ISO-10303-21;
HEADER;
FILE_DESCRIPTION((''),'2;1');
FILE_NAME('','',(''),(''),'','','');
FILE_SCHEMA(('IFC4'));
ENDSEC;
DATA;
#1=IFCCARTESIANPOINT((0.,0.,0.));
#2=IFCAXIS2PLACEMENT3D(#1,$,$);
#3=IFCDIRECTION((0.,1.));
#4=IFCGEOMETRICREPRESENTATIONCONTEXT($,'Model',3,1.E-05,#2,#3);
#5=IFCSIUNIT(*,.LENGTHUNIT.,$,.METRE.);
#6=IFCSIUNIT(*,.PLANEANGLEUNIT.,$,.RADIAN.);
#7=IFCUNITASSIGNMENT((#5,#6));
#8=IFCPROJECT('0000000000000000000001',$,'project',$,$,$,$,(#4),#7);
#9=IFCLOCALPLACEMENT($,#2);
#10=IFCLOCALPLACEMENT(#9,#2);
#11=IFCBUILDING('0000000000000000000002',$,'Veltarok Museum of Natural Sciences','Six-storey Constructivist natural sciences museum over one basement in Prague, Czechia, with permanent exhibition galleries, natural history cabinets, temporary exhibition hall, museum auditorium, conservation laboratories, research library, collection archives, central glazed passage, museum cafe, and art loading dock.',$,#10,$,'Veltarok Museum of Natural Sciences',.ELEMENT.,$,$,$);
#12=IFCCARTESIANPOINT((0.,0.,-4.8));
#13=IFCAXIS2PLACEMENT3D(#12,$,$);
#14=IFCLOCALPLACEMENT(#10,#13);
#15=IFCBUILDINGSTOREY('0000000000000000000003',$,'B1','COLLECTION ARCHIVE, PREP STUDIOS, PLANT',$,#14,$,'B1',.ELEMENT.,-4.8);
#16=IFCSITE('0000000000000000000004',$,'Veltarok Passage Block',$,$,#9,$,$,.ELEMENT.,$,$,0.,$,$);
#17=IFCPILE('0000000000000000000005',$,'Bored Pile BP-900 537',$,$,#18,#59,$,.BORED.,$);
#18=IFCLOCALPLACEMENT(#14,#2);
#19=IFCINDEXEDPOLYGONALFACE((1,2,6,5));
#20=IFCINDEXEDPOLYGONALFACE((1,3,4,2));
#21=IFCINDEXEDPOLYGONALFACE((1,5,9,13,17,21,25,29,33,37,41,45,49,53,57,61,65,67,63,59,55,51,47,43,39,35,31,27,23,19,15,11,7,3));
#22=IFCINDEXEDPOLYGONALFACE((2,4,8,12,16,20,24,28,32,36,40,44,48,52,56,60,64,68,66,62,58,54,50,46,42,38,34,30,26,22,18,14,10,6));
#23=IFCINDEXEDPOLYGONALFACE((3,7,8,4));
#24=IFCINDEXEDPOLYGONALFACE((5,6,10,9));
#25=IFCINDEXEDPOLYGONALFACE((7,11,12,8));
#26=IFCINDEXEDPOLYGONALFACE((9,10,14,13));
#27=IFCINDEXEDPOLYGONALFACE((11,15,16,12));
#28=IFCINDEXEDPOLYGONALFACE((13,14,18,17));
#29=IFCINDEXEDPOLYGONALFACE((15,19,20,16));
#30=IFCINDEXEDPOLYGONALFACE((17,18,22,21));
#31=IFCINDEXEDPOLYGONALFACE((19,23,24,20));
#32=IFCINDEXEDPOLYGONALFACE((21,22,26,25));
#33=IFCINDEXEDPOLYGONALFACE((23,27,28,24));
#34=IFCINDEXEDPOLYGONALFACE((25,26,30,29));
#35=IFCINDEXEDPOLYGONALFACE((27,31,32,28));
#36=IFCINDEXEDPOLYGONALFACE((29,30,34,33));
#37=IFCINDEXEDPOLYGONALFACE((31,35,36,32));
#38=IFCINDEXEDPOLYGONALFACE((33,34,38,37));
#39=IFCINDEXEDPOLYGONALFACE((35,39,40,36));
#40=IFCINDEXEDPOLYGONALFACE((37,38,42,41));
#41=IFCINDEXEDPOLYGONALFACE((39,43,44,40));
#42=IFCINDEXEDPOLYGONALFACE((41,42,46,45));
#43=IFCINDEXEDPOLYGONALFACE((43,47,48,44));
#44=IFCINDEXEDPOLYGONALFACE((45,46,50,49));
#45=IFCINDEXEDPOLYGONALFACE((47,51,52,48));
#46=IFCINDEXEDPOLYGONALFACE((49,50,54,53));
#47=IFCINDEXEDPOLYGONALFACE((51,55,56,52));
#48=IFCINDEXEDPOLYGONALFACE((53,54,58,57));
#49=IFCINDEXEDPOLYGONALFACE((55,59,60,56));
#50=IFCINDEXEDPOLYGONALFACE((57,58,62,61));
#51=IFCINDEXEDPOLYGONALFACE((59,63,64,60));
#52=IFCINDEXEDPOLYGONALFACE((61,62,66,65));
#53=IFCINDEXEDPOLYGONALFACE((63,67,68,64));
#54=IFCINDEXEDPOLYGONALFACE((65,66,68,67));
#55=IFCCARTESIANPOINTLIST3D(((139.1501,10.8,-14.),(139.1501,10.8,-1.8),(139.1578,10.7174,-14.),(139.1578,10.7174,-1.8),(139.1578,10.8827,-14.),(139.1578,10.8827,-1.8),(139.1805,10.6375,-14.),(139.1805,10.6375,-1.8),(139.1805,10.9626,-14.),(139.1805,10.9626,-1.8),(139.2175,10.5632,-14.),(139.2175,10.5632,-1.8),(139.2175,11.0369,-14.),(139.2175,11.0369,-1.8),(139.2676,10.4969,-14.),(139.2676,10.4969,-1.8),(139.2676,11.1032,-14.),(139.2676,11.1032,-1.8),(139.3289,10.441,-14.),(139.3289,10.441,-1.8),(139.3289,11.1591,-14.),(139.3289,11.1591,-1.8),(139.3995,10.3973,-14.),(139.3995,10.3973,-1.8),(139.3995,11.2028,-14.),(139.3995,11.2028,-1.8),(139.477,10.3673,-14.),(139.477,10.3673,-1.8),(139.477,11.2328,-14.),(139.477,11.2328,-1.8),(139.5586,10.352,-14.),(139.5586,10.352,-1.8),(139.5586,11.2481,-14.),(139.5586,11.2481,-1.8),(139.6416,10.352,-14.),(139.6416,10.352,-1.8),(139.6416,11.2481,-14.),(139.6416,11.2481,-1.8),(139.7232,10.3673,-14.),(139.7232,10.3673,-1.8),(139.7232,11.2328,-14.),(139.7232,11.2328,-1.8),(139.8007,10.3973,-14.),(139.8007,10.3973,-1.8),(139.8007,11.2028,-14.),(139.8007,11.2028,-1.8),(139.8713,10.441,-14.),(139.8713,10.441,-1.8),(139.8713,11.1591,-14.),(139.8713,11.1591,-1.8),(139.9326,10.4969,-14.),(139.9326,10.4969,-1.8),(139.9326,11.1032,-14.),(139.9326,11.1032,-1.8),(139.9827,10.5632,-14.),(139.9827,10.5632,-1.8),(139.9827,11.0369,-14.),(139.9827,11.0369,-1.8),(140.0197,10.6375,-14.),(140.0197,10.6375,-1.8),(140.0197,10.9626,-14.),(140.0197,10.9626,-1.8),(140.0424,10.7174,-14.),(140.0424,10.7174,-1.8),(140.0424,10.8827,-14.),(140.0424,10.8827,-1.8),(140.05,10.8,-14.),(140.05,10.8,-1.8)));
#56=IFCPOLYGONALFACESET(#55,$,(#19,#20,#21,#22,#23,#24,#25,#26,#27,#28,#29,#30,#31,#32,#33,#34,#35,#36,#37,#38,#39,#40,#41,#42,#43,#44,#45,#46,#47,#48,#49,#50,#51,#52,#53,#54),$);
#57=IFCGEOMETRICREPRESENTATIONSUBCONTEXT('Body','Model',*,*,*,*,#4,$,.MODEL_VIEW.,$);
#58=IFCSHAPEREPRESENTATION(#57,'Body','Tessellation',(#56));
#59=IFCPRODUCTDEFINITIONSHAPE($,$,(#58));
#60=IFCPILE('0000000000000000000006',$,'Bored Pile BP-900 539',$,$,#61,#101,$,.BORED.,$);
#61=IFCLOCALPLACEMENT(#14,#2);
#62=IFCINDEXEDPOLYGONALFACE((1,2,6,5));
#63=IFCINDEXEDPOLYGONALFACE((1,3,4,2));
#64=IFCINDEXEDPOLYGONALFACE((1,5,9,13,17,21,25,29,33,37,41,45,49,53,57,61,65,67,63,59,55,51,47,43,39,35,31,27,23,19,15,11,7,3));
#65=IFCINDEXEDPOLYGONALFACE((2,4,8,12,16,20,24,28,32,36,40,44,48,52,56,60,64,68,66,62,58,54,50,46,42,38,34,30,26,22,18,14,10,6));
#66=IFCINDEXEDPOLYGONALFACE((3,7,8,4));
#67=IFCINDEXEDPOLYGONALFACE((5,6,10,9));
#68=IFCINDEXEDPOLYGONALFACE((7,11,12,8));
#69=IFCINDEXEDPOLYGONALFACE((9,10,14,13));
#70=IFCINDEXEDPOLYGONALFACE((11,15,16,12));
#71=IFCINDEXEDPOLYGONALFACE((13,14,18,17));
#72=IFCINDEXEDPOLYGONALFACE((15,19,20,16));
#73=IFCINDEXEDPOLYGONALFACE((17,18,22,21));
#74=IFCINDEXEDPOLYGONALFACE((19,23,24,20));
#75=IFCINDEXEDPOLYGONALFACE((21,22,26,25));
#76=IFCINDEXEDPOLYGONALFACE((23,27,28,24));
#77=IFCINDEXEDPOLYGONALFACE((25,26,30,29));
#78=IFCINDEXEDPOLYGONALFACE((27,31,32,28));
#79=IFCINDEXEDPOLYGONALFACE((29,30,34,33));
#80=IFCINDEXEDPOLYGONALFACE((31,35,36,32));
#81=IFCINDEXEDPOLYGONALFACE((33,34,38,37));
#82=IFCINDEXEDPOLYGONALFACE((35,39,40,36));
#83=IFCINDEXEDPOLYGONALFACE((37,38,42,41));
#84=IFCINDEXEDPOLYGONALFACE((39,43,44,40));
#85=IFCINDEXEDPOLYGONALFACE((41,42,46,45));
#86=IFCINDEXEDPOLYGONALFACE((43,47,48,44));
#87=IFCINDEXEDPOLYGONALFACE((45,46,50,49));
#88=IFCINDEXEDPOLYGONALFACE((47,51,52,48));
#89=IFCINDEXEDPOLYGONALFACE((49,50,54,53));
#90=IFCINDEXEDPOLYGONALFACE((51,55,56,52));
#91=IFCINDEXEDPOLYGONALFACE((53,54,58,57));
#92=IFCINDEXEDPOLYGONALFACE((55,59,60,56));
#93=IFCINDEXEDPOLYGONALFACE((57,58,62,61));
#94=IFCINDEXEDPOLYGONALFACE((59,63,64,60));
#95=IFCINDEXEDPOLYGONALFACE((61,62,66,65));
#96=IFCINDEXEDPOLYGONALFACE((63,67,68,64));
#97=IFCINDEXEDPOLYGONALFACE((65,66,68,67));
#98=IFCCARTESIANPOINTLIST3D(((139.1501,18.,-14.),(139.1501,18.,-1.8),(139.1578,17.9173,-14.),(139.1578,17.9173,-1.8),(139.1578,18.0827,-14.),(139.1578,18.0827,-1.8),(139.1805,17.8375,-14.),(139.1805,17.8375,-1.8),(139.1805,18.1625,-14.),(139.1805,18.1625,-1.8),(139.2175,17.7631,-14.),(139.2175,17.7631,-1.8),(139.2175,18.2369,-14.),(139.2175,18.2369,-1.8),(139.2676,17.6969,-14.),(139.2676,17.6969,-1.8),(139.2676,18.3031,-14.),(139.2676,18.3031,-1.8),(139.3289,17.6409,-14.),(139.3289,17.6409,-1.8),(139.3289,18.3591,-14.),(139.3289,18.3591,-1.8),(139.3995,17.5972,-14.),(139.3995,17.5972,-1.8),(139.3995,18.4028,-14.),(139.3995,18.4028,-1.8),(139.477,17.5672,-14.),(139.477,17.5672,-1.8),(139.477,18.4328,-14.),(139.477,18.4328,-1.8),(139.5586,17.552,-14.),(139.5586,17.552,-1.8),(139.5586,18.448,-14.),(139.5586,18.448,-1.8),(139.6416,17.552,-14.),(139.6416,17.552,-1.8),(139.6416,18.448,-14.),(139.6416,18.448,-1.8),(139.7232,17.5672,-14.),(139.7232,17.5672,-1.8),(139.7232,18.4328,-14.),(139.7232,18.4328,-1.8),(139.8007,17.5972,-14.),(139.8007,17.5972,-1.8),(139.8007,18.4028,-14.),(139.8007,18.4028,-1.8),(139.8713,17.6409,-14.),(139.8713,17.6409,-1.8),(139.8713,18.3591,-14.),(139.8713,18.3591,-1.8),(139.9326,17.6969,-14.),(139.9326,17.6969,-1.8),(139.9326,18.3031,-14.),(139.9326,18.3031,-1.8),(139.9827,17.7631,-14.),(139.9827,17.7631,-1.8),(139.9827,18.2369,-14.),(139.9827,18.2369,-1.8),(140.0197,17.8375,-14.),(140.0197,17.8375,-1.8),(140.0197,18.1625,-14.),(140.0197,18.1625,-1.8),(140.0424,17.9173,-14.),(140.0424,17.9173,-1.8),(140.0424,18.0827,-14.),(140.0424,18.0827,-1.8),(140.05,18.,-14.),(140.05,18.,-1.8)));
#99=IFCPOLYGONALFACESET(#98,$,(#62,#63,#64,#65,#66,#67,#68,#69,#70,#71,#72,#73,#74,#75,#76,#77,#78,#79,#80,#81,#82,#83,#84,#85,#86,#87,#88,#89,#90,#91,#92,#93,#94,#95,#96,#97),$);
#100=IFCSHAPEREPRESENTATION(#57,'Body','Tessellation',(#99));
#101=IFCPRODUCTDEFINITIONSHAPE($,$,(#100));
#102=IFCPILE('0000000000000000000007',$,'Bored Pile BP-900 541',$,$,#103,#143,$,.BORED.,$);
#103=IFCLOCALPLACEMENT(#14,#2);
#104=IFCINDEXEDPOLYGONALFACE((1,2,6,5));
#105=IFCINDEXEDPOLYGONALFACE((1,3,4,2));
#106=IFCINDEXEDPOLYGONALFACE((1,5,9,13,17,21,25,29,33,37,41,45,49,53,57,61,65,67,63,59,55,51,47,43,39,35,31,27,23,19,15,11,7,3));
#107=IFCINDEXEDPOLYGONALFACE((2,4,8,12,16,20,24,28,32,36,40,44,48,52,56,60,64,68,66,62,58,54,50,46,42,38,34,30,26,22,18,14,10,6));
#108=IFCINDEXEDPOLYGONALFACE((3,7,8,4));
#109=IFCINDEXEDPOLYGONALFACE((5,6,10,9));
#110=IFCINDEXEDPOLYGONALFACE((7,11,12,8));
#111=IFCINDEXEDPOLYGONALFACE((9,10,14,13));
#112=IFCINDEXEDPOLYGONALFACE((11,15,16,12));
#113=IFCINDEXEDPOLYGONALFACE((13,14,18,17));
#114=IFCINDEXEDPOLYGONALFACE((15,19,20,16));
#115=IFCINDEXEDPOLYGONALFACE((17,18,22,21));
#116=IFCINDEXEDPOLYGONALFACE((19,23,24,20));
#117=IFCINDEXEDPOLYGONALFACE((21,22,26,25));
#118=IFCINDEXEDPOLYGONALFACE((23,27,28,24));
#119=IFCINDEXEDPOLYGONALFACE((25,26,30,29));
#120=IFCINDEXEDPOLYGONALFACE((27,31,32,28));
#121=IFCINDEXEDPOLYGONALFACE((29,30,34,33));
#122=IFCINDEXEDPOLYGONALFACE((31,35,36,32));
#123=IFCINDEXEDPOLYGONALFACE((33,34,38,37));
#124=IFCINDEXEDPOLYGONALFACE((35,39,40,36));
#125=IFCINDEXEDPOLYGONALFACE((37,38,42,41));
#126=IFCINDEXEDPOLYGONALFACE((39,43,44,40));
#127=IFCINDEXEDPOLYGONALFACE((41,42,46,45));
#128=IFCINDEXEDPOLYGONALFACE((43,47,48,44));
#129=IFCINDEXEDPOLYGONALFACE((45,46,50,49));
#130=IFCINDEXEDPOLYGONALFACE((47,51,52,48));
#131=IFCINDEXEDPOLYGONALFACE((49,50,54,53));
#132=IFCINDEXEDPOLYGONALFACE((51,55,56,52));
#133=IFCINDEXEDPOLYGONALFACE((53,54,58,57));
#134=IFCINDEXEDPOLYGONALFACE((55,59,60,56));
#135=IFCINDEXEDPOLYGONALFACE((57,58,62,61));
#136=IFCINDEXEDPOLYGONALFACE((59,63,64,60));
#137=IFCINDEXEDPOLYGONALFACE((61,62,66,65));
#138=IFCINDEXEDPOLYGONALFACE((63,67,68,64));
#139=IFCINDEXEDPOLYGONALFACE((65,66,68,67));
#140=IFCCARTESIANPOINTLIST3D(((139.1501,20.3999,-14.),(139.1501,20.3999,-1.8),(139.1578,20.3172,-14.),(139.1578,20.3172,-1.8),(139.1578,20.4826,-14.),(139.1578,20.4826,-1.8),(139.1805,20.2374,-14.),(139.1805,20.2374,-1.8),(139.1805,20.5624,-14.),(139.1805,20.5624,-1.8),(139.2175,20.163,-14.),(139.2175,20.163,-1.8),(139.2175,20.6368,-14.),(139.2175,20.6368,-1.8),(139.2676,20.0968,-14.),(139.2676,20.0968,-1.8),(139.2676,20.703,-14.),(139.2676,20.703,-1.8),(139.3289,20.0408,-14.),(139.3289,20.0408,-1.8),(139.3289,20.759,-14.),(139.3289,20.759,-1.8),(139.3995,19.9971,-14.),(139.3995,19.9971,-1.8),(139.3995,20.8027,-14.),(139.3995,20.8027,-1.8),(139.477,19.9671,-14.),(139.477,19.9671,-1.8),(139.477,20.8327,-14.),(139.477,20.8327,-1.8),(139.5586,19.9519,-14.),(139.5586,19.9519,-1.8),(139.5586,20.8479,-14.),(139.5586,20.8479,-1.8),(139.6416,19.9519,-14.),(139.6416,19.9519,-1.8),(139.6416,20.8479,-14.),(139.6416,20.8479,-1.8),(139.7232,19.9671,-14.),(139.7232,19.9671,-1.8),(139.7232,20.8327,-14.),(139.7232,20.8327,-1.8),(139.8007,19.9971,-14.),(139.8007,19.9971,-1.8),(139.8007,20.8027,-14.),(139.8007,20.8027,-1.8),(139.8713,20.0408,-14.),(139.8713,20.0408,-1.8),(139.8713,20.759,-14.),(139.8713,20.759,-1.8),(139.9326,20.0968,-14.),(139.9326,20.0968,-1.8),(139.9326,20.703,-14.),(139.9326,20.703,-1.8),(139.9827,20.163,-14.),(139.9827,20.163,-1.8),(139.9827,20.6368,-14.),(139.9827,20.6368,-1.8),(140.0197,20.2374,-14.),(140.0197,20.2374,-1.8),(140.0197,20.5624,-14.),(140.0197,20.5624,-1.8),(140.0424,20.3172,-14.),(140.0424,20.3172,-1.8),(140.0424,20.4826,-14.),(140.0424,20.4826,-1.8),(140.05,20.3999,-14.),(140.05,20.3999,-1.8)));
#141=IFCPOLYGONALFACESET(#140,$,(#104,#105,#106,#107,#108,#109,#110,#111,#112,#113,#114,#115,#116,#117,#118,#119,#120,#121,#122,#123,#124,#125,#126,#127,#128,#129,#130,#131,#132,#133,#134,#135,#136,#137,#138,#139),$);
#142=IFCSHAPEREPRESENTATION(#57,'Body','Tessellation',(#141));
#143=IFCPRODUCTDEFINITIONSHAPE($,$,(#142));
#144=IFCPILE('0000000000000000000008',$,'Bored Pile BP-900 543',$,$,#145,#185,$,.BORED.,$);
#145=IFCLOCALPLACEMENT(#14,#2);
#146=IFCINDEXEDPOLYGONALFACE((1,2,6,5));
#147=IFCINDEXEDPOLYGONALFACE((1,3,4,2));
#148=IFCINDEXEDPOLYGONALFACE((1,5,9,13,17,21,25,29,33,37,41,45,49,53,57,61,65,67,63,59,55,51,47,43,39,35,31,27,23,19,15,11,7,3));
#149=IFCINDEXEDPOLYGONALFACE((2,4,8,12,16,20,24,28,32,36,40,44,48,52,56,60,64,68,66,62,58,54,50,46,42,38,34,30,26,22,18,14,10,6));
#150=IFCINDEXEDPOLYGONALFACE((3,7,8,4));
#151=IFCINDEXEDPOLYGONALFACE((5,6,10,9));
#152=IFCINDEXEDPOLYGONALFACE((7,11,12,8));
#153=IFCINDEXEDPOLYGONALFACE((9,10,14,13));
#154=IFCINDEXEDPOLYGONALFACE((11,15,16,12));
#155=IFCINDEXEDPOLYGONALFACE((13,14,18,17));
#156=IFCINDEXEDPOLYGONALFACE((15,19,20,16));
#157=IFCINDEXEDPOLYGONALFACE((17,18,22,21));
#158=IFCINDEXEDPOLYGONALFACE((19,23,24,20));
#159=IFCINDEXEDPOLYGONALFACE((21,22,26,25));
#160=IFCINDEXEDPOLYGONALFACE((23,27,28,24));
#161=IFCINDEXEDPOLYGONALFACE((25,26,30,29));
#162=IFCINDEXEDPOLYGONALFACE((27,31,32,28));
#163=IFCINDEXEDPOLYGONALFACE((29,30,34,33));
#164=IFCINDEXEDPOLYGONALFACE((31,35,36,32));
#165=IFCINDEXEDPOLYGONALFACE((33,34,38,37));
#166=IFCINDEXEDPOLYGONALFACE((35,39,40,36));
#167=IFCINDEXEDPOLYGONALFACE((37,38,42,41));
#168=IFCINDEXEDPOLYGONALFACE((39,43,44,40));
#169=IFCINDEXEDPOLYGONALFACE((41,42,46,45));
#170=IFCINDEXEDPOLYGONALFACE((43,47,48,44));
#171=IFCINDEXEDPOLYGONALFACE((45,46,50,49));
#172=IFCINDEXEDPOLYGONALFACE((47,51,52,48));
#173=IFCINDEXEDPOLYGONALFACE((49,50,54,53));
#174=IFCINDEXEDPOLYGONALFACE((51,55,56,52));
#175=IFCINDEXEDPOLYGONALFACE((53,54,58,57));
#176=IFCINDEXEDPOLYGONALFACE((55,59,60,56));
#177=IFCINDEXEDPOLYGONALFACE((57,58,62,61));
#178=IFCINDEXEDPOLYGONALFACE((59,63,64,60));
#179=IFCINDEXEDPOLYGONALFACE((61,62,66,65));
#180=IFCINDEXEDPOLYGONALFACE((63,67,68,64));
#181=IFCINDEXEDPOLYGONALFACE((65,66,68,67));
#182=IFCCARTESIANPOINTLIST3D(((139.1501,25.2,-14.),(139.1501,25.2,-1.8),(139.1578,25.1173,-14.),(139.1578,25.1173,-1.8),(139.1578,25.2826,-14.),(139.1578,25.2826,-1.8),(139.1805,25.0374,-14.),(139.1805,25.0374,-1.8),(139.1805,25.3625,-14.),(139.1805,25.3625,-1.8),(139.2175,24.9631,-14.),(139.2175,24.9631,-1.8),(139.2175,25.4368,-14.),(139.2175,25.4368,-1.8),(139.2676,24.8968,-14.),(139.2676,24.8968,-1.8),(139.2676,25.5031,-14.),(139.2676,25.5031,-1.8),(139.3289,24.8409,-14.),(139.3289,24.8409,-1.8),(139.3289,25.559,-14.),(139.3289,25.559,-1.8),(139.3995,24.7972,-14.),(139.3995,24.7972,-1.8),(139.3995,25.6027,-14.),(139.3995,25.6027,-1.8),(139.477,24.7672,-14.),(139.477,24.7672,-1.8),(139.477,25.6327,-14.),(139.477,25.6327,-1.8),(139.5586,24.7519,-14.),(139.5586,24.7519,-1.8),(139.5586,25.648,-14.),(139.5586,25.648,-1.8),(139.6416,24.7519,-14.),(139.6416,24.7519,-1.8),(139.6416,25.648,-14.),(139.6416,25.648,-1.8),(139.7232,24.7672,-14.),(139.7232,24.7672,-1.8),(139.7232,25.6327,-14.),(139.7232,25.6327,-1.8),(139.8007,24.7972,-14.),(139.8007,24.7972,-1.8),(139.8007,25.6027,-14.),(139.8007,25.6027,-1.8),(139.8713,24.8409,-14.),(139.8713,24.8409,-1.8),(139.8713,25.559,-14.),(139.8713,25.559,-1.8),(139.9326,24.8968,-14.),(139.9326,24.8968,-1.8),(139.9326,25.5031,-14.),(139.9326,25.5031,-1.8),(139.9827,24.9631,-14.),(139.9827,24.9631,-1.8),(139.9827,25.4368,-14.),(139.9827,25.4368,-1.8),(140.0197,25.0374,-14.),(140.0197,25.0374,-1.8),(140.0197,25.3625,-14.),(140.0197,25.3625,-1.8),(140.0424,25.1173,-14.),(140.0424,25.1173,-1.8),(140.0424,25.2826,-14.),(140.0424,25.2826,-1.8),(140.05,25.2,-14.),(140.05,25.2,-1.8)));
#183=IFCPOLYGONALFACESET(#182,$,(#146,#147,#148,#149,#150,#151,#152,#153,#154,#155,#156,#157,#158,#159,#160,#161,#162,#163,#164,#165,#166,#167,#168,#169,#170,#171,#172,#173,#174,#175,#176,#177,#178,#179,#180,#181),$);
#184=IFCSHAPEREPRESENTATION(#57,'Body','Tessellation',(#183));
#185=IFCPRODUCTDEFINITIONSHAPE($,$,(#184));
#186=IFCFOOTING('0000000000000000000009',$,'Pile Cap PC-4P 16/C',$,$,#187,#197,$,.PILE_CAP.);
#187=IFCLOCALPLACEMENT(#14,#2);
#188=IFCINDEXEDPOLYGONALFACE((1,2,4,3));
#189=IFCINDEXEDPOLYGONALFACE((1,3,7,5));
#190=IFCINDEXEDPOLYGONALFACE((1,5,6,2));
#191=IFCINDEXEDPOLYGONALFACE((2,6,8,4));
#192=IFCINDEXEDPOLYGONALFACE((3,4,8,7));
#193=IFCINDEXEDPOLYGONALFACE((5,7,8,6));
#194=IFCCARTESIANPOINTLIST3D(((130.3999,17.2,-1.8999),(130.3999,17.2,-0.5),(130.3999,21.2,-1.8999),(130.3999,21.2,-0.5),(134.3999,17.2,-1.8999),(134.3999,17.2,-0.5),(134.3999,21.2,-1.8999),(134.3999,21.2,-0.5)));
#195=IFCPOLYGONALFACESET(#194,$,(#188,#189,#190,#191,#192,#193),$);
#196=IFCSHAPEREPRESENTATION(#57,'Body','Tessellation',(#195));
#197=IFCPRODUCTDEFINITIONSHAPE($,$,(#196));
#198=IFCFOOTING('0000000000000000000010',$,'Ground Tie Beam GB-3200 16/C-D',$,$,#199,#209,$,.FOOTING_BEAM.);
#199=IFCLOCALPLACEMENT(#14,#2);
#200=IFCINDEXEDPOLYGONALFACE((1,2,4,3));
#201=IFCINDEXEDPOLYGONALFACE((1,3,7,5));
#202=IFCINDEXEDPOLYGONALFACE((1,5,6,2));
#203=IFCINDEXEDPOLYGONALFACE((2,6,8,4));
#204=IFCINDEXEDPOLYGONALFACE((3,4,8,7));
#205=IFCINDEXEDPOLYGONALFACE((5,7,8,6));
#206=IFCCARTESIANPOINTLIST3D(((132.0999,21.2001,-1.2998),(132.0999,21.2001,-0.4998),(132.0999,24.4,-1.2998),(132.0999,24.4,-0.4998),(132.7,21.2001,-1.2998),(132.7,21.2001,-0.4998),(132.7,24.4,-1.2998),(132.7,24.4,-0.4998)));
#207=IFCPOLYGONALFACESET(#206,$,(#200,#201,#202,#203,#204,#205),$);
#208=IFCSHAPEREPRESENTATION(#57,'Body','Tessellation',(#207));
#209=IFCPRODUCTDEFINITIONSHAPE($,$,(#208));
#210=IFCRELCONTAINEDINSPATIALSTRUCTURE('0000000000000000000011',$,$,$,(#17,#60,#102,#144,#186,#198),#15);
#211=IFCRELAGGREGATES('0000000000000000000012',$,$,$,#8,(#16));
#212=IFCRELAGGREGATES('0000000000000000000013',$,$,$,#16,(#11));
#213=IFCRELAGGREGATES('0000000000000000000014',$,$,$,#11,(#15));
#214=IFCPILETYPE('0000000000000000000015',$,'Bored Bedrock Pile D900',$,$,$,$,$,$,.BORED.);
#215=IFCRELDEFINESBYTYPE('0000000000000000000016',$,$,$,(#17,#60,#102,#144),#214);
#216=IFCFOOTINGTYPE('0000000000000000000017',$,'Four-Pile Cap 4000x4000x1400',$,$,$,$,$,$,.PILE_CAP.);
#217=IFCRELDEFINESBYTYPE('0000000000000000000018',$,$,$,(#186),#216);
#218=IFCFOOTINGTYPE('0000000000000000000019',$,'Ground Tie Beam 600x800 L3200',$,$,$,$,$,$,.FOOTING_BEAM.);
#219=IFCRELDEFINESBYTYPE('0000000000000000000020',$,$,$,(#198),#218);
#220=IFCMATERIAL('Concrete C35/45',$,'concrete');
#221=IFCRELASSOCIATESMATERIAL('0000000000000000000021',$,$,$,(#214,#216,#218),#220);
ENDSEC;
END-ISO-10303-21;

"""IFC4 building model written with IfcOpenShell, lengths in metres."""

from ifc_helpers import new_model, si_unit, direction, frame, origin, origin_2d, place, context, subcontext, project, spatial, rectangle, circle, extrude, material, material_profile, profile_set, type_object, element, save


model = new_model("IFC4")

# Units and contexts
model_context = context("Model", 3, precision=1e-05, world=origin(), true_north=direction((0.0, 1.0)))
body_context = subcontext(model_context, "Body", "Model", "MODEL_VIEW")
ifc_project = project(units=[si_unit("LENGTHUNIT", "METRE"), si_unit("PLANEANGLEUNIT", "RADIAN")], contexts=[model_context])

# Site, building, storey
site_placement = place(None, origin())
site = spatial("IfcSite", under=ifc_project, at=site_placement, Name="Veltarok Passage Block", CompositionType="ELEMENT", RefElevation=0.0)
building_placement = place(site_placement, origin())
building = spatial("IfcBuilding", under=site, at=building_placement, Name="Veltarok Museum of Natural Sciences", Description="Six-storey Constructivist natural sciences museum over one basement in Prague, Czechia, with permanent exhibition galleries, natural history cabinets, temporary exhibition hall, museum auditorium, conservation laboratories, research library, collection archives, central glazed passage, museum cafe, and art loading dock.", LongName="Veltarok Museum of Natural Sciences", CompositionType="ELEMENT")
storey_placement = place(building_placement, frame((0.0, 0.0, -4.8)))
storey = spatial("IfcBuildingStorey", under=building, at=storey_placement, Name="B1", Description="COLLECTION ARCHIVE, PREP STUDIOS, PLANT", LongName="B1", CompositionType="ELEMENT", Elevation=-4.8)

# Piles
ifc_material_1 = material(Name="Concrete C35/45", Category="concrete")
ifc_material_profile_1 = material_profile(ifc_material_1, circle(Radius=0.45, at=origin_2d()), Name="BP D900")
ifc_profile_set_1 = profile_set([ifc_material_profile_1], Name="Concrete C35/45")
pile_type = type_object("IfcPileType", Name="Bored Bedrock Pile D900", PredefinedType="BORED", material=ifc_profile_set_1)
for number, where, z_axis, x_axis, name in (
    (1, (139.6001, 10.8, -1.8), (0.0, 0.0, -1.0), (1.0, 0.0, 0.0), "Bored Pile BP-900 537"),
    (2, (139.6001, 18.0, -1.8), (0.0, 0.0, -1.0), (1.0, 0.0, 0.0), "Bored Pile BP-900 539"),
    (3, (139.6001, 20.3999, -1.8), (0.0, 0.0, -1.0), (1.0, 0.0, 0.0), "Bored Pile BP-900 541"),
    (4, (139.6001, 25.2, -1.8), (0.0, 0.0, -1.0), (1.0, 0.0, 0.0), "Bored Pile BP-900 543"),
):
    element("IfcPile", number, at=place(storey_placement, frame(where, z_axis=z_axis, x_axis=x_axis)), inside=storey, type_object=pile_type, Name=name, PredefinedType="BORED", context=body_context, shape_type="SweptSolid", body=[
        extrude(circle(Radius=0.45, at=origin_2d()), origin(), (0.0, 0.0, 1.0), 12.2),
    ])

# Footings
footing_type_1 = type_object("IfcFootingType", Name="Four-Pile Cap 4000x4000x1400", PredefinedType="PILE_CAP", material=ifc_material_1)
footing_1_placement = place(storey_placement, frame((132.3999, 19.2, -1.8999), z_axis=(0.0, 0.0, 1.0), x_axis=(1.0, 0.0, 0.0)))
element("IfcFooting", 5, at=footing_1_placement, inside=storey, type_object=footing_type_1, Name="Pile Cap PC-4P 16/C", PredefinedType="PILE_CAP", context=body_context, shape_type="SweptSolid", body=[
    extrude(rectangle(XDim=4.0, YDim=4.0, at=origin_2d()), origin(), (0.0, 0.0, 1.0), 1.3999),
])
footing_type_2 = type_object("IfcFootingType", Name="Ground Tie Beam 600x800 L3200", PredefinedType="FOOTING_BEAM", material=ifc_material_1)
footing_2_placement = place(storey_placement, frame((132.3999, 22.8, -1.2998), z_axis=(0.0, 0.0, 1.0), x_axis=(0.0, 1.0, 0.0)))
element("IfcFooting", 6, at=footing_2_placement, inside=storey, type_object=footing_type_2, Name="Ground Tie Beam GB-3200 16/C-D", PredefinedType="FOOTING_BEAM", context=body_context, shape_type="SweptSolid", body=[
    extrude(rectangle(XDim=3.2, YDim=0.6001, at=origin_2d()), origin(), (0.0, 0.0, 1.0), 0.8),
])

save(model, "model.ifc")
